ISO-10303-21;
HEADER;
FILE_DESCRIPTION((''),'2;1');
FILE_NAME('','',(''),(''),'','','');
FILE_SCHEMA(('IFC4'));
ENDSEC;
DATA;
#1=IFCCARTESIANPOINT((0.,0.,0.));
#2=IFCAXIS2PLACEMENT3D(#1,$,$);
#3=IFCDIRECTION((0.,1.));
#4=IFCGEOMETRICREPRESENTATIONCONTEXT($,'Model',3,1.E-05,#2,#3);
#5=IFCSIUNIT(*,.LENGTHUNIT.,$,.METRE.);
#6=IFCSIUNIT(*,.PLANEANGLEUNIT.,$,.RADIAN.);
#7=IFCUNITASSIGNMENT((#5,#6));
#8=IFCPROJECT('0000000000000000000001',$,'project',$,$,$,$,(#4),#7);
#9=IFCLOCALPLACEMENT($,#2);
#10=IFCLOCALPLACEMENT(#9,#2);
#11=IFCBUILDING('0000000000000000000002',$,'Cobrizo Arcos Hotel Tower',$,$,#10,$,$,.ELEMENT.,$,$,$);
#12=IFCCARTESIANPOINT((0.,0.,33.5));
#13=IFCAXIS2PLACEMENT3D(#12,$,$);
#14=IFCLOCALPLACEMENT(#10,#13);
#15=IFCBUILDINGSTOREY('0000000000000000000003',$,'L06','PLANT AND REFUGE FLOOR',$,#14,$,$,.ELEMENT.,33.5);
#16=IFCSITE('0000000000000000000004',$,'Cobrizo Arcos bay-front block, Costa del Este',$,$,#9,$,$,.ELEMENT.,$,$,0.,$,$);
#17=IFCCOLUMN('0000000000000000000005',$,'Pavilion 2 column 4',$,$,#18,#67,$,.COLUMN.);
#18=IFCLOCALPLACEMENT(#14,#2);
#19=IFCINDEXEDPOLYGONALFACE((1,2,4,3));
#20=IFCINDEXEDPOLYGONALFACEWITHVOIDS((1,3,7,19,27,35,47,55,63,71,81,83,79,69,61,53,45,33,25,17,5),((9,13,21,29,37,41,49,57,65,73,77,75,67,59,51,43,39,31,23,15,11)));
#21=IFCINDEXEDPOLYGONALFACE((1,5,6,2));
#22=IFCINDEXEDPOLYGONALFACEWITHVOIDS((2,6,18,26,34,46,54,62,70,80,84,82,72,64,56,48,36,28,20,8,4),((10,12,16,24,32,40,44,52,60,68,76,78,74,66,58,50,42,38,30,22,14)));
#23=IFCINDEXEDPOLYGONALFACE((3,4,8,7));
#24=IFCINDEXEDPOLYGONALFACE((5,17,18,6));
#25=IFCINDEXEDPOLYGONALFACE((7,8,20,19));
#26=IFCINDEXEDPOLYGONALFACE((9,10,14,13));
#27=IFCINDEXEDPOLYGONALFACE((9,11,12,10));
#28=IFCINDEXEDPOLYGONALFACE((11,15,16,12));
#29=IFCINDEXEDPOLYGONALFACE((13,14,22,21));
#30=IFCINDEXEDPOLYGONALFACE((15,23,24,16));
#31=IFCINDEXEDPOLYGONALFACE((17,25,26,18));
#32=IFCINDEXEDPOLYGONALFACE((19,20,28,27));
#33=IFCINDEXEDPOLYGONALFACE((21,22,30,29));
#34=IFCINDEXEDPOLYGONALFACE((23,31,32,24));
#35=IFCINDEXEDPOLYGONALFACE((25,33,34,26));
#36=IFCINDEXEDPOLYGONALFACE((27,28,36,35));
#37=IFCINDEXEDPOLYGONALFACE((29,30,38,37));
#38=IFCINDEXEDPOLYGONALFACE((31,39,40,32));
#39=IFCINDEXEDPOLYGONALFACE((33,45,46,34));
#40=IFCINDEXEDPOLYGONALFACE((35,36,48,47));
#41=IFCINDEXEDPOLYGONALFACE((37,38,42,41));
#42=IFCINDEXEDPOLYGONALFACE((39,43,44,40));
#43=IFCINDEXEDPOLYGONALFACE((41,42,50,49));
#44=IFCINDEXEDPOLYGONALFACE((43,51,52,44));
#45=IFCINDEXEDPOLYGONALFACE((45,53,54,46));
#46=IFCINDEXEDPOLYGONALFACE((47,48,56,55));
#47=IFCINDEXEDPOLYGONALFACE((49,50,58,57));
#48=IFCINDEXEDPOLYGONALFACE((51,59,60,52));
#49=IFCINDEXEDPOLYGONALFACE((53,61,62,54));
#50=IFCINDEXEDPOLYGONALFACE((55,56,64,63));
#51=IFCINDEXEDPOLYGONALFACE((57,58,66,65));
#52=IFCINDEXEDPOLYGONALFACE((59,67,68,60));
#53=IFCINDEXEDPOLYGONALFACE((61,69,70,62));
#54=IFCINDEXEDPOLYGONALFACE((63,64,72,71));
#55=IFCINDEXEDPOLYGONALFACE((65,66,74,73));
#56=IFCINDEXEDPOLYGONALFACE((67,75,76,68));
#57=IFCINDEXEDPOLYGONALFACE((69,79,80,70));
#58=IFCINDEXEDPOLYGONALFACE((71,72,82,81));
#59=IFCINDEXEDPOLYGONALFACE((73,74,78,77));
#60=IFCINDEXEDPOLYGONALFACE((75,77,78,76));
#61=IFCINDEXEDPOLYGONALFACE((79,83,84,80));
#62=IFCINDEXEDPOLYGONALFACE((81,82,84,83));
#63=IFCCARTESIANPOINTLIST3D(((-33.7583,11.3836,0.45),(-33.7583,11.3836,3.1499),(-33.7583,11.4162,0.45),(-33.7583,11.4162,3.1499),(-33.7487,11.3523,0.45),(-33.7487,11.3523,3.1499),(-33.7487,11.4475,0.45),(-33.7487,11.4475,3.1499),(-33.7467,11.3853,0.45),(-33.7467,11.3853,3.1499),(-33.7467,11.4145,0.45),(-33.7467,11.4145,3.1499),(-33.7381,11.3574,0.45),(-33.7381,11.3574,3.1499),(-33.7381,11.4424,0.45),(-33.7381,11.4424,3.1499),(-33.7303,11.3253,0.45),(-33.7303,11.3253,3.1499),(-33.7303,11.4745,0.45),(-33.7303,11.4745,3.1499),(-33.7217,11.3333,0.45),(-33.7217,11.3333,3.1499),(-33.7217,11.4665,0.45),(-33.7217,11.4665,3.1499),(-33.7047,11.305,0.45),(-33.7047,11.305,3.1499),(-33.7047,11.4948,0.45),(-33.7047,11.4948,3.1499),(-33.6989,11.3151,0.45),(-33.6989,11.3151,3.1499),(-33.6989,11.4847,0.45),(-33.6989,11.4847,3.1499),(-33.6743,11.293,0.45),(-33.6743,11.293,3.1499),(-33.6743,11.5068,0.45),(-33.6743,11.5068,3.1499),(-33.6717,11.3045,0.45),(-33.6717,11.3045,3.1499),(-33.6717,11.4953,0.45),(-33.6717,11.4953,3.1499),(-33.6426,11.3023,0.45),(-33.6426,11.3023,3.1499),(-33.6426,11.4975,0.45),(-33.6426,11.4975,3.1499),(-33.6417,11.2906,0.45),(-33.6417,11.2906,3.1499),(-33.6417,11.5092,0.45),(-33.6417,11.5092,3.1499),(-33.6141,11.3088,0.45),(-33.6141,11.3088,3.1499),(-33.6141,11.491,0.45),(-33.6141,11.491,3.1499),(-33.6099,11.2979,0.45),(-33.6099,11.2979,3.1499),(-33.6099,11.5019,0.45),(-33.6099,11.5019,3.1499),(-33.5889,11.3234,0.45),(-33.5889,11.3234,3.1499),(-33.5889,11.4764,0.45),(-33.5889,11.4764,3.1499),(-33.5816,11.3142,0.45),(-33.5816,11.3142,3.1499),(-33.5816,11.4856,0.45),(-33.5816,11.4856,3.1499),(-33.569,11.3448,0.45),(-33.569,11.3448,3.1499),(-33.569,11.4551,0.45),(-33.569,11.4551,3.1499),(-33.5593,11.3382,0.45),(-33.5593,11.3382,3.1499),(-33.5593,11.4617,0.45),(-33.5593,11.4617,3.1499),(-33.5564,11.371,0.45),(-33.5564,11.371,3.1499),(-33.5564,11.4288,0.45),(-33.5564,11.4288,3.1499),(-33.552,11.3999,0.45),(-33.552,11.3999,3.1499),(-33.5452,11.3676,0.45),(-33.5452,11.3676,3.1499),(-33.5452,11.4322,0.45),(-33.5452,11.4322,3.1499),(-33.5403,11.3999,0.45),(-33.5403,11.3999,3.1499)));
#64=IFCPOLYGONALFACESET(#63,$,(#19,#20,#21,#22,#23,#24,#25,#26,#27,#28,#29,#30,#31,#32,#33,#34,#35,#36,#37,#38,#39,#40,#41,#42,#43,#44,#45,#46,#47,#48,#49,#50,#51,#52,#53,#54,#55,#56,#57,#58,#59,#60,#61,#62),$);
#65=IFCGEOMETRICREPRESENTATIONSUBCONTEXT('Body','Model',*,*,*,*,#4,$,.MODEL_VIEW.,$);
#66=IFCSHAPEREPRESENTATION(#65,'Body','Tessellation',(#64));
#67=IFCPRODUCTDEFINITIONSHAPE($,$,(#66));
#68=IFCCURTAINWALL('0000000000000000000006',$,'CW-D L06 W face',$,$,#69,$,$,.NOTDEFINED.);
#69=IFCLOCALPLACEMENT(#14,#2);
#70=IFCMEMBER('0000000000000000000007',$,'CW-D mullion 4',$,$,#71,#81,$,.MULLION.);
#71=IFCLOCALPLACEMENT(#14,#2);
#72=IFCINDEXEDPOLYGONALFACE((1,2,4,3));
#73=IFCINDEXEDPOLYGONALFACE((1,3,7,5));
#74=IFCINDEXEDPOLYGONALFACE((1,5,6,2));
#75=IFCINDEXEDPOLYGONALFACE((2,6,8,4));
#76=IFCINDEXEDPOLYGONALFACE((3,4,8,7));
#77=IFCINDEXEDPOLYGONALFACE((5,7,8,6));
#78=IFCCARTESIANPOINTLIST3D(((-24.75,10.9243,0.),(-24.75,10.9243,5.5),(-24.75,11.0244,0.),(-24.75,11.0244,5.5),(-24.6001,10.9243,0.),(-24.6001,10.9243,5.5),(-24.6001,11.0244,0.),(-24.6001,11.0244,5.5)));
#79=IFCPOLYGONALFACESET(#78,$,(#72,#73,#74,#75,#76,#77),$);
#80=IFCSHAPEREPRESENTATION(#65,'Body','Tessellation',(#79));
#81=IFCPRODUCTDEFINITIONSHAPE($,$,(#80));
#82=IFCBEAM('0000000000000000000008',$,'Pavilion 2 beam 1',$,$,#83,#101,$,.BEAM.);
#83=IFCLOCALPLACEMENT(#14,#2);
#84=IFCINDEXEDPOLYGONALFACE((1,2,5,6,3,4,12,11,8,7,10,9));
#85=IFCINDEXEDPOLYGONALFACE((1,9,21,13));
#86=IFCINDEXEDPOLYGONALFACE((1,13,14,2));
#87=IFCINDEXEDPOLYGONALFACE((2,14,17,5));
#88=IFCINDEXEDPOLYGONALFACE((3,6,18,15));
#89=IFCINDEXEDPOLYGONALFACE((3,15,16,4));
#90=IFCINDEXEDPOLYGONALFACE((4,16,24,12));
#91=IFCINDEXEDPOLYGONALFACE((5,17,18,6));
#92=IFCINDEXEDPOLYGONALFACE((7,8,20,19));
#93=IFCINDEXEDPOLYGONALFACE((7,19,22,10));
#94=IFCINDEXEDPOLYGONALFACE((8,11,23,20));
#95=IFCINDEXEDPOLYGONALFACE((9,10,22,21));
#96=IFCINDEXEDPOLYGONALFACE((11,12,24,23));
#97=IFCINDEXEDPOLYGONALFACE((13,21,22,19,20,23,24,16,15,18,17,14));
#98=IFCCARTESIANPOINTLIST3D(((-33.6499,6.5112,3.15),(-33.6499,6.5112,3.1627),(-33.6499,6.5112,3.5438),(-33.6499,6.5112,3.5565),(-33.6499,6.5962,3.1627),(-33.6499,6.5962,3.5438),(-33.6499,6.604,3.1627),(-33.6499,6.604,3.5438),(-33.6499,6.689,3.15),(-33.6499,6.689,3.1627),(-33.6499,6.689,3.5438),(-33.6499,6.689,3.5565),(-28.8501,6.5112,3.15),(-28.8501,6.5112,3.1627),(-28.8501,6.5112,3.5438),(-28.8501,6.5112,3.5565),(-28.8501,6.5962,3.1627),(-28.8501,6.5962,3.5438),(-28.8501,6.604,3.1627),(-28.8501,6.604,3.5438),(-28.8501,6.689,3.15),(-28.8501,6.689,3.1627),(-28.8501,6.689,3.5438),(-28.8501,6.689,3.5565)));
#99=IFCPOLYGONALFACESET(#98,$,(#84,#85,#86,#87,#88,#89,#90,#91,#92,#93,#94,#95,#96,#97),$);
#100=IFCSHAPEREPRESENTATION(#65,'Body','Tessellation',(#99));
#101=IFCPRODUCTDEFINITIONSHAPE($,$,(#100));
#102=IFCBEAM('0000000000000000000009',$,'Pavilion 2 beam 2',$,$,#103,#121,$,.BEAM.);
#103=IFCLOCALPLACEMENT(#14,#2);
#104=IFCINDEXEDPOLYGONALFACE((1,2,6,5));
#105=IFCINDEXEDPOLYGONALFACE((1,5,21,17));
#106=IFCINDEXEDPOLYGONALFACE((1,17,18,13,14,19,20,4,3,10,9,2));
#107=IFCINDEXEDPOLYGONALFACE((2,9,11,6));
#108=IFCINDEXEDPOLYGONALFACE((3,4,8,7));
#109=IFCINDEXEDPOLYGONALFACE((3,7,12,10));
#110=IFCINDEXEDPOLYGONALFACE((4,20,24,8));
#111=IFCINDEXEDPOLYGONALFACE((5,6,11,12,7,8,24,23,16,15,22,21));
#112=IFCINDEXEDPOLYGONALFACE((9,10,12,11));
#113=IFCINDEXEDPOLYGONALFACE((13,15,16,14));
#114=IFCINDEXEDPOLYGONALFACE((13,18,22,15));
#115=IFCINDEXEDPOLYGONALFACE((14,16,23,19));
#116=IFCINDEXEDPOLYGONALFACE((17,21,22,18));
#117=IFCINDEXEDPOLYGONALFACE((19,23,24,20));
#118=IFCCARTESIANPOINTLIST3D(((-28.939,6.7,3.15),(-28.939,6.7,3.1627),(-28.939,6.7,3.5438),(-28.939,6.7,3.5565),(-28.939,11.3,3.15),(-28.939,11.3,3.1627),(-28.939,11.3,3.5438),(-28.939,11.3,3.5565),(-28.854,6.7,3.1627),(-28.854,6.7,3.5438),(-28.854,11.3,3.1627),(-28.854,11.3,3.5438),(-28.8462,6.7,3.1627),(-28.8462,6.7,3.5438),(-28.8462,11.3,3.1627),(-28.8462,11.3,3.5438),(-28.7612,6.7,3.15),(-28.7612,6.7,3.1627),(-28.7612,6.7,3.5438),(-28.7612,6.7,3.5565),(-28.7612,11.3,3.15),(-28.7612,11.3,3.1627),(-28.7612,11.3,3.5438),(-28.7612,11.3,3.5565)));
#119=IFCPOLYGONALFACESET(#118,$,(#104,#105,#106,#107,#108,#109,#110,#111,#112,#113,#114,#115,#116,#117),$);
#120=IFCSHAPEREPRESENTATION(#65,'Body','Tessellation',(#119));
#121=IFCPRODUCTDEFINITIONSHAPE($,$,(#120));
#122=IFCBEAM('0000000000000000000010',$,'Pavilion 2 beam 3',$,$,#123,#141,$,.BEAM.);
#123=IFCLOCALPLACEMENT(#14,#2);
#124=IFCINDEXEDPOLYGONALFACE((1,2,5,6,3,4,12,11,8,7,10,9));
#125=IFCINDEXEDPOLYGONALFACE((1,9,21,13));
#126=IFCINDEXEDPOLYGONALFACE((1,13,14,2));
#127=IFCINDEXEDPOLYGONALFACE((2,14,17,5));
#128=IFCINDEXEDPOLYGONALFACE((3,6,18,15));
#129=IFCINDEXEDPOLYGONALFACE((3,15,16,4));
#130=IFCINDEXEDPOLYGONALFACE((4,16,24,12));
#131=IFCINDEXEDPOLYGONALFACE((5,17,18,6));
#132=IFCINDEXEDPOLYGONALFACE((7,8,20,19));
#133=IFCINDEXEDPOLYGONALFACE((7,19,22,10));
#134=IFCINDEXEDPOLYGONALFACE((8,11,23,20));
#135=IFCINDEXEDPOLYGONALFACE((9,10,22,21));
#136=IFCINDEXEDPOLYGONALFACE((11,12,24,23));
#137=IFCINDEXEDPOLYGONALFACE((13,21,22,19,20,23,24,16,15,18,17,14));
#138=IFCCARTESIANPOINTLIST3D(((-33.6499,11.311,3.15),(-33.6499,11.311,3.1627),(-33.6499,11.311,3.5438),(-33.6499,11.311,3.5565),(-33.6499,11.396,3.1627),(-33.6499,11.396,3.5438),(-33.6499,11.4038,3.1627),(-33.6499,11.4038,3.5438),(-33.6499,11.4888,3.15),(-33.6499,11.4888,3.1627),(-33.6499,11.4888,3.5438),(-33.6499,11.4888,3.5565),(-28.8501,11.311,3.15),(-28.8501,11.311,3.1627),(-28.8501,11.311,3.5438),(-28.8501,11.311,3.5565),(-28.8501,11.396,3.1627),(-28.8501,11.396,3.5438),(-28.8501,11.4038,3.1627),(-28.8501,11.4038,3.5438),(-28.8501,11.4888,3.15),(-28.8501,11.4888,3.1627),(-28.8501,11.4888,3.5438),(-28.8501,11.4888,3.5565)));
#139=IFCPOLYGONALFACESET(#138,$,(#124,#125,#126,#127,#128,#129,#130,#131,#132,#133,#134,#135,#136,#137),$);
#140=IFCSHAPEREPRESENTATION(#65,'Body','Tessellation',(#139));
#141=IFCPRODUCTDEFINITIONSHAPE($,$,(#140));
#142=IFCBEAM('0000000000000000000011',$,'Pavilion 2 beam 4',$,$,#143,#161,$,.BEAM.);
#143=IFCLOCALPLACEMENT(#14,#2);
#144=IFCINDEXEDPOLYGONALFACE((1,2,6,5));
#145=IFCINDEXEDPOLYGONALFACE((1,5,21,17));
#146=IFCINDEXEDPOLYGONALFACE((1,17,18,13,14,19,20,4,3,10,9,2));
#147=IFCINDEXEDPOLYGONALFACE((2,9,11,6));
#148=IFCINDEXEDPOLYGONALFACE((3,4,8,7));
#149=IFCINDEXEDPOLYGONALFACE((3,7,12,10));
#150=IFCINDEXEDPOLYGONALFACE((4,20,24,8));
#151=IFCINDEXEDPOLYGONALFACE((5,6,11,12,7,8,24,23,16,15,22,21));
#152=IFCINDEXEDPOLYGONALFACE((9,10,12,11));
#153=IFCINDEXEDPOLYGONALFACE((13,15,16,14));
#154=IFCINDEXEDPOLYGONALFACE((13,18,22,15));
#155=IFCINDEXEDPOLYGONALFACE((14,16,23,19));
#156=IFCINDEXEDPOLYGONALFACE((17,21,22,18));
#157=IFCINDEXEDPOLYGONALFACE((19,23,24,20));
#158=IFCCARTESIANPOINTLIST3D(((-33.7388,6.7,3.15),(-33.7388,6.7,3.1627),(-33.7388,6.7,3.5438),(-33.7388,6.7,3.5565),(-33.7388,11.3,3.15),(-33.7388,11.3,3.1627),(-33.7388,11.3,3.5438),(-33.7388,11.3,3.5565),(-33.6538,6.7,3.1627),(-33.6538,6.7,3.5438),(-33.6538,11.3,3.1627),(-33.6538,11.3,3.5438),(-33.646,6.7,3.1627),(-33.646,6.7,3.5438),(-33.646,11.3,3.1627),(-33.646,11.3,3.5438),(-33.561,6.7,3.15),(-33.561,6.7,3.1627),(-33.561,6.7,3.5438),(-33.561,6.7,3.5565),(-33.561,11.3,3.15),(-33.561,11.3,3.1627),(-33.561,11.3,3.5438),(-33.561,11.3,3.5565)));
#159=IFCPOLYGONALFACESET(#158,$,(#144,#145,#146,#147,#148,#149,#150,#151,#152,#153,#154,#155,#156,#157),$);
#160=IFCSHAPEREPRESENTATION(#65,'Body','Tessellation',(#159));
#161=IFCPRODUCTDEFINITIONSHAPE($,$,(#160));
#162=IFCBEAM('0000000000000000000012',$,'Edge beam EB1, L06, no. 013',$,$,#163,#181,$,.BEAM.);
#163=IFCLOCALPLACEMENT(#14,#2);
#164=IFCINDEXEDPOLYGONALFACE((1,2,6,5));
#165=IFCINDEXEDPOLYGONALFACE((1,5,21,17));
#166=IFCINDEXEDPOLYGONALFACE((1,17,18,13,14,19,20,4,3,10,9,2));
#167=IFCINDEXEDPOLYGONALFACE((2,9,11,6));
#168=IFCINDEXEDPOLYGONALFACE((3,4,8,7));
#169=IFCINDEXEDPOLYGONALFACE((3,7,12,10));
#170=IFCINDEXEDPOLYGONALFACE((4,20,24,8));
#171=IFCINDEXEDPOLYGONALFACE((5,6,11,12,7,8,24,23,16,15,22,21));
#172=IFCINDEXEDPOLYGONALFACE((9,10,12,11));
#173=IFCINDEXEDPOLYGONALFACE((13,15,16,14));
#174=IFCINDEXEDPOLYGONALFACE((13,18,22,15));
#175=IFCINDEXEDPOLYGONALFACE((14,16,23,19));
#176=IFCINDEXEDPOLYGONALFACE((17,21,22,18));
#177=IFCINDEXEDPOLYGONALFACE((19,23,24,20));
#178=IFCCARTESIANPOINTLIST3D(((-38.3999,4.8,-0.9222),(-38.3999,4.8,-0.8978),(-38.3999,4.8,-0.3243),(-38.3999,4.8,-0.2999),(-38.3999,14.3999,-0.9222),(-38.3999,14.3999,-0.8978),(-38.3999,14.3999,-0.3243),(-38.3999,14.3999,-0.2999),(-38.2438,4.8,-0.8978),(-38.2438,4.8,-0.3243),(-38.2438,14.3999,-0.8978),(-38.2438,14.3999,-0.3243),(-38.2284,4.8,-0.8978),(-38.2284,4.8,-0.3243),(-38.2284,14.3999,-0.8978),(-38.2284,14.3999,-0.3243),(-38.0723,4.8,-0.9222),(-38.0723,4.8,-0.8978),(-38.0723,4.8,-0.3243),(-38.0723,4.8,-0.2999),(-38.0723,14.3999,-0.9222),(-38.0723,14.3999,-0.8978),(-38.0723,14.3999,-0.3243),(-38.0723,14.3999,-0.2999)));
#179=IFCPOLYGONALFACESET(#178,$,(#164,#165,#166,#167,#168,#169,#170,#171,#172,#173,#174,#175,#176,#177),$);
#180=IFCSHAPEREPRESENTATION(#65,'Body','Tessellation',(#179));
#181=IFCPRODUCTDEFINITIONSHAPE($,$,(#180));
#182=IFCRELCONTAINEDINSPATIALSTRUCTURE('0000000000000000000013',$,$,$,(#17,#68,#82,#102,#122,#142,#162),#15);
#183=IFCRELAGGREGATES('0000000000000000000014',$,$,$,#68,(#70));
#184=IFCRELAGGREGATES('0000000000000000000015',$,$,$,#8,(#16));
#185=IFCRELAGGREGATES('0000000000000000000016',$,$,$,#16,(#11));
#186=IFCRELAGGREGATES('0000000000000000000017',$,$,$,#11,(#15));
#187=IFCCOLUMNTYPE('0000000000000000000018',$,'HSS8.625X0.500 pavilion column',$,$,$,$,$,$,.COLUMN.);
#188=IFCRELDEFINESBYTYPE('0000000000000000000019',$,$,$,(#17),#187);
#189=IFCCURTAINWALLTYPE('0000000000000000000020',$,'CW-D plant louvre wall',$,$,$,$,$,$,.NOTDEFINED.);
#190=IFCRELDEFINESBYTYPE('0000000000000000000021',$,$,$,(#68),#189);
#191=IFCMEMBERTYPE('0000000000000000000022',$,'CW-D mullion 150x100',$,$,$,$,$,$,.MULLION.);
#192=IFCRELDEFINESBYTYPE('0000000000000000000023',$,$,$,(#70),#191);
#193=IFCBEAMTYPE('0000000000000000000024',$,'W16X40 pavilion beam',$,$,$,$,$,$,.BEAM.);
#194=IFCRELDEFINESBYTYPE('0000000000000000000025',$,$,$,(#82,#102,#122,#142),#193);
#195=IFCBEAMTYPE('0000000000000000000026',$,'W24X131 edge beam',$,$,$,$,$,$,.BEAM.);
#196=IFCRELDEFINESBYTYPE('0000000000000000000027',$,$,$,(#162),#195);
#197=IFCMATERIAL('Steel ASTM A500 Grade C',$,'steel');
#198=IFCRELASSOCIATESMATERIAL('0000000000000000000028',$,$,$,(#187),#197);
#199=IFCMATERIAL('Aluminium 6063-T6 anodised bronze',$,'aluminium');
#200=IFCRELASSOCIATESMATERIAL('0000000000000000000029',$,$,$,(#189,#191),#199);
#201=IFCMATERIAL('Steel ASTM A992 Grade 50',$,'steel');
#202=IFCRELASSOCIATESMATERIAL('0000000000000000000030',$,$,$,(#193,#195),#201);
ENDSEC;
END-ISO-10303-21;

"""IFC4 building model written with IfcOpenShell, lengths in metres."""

from ifc_helpers import new_model, si_unit, direction, frame, origin, origin_2d, place, context, subcontext, project, spatial, rectangle, hollow_circle, i_section, extrude, material, material_profile, profile_set, type_object, element, aggregate, save


model = new_model("IFC4")

# Units and contexts
model_context = context("Model", 3, precision=1e-05, world=origin(), true_north=direction((0.0, 1.0)))
body_context = subcontext(model_context, "Body", "Model", "MODEL_VIEW")
ifc_project = project(units=[si_unit("LENGTHUNIT", "METRE"), si_unit("PLANEANGLEUNIT", "RADIAN")], contexts=[model_context])

# Site, building, storey
site_placement = place(None, origin())
site = spatial("IfcSite", under=ifc_project, at=site_placement, Name="Cobrizo Arcos bay-front block, Costa del Este", CompositionType="ELEMENT", RefElevation=0.0)
building_placement = place(site_placement, origin())
building = spatial("IfcBuilding", under=site, at=building_placement, Name="Cobrizo Arcos Hotel Tower", CompositionType="ELEMENT")
storey_placement = place(building_placement, frame((0.0, 0.0, 33.5)))
storey = spatial("IfcBuildingStorey", under=building, at=storey_placement, Name="L06", Description="PLANT AND REFUGE FLOOR", CompositionType="ELEMENT", Elevation=33.5)

# Column
ifc_material_1 = material(Name="Steel ASTM A500 Grade C", Category="steel")
ifc_material_profile_1 = material_profile(ifc_material_1, hollow_circle(Radius=0.1096, WallThickness=0.0117, at=origin_2d()), Name="HSS8.625X0.500")
ifc_profile_set_1 = profile_set([ifc_material_profile_1], Name="Steel ASTM A500 Grade C")
column_type = type_object("IfcColumnType", Name="HSS8.625X0.500 pavilion column", PredefinedType="COLUMN", material=ifc_profile_set_1)
for number, where, z_axis, x_axis, name in (
    (1, (-33.6499, 11.3999, 0.45), (0.0, 0.0, 1.0), (1.0, 0.0, 0.0), "Pavilion 2 column 4"),
):
    element("IfcColumn", number, at=place(storey_placement, frame(where, z_axis=z_axis, x_axis=x_axis)), inside=storey, type_object=column_type, Name=name, PredefinedType="COLUMN", context=body_context, shape_type="SweptSolid", body=[
        extrude(hollow_circle(Radius=0.1096, WallThickness=0.0117, at=origin_2d()), origin(), (0.0, 0.0, 1.0), 2.7),
    ])

# Curtain wall, member
ifc_material_2 = material(Name="Aluminium 6063-T6 anodised bronze", Category="aluminium")
curtain_wall_type = type_object("IfcCurtainWallType", Name="CW-D plant louvre wall", PredefinedType="NOTDEFINED", material=ifc_material_2)
curtain_wall_placement = place(storey_placement, origin())
curtain_wall = element("IfcCurtainWall", 2, at=curtain_wall_placement, inside=storey, type_object=curtain_wall_type, Name="CW-D L06 W face", PredefinedType="NOTDEFINED")
ifc_material_profile_2 = material_profile(ifc_material_2, rectangle(XDim=0.1499, YDim=0.1001, at=origin_2d()), Name="CW-D mullion 150x100")
ifc_profile_set_2 = profile_set([ifc_material_profile_2], Name="Aluminium 6063-T6 anodised bronze")
member_type = type_object("IfcMemberType", Name="CW-D mullion 150x100", PredefinedType="MULLION", material=ifc_profile_set_2)
member_placement = place(storey_placement, frame((-24.675, 10.9744, 0.0), z_axis=(0.0, 0.0, 1.0), x_axis=(-1.0, 0.0, 0.0)))
member = element("IfcMember", 3, at=member_placement, type_object=member_type, Name="CW-D mullion 4", PredefinedType="MULLION", context=body_context, shape_type="SweptSolid", body=[
    extrude(rectangle(XDim=0.1499, YDim=0.1001, at=origin_2d()), origin(), (0.0, 0.0, 1.0), 5.5),
])
aggregate(curtain_wall, [member])

# Beams
ifc_material_3 = material(Name="Steel ASTM A992 Grade 50", Category="steel")
ifc_material_profile_3 = material_profile(ifc_material_3, i_section(OverallWidth=0.1777, OverallDepth=0.4065, WebThickness=0.0078, FlangeThickness=0.0127, at=origin_2d()), Name="W16X40")
ifc_profile_set_3 = profile_set([ifc_material_profile_3], Name="Steel ASTM A992 Grade 50")
beam_type_1 = type_object("IfcBeamType", Name="W16X40 pavilion beam", PredefinedType="BEAM", material=ifc_profile_set_3)
beam_1_placement = place(storey_placement, frame((-33.6499, 6.6001, 3.3533), z_axis=(1.0, 0.0, 0.0), x_axis=(0.0, 1.0, 0.0)))
element("IfcBeam", 4, at=beam_1_placement, inside=storey, type_object=beam_type_1, Name="Pavilion 2 beam 1", PredefinedType="BEAM", context=body_context, shape_type="SweptSolid", body=[
    extrude(i_section(OverallWidth=0.1777, OverallDepth=0.4065, WebThickness=0.0078, FlangeThickness=0.0127, at=origin_2d()), origin(), (0.0, 0.0, 1.0), 4.7998),
])
beam_2_placement = place(storey_placement, frame((-28.8501, 6.7, 3.3533), z_axis=(0.0, 1.0, 0.0), x_axis=(-1.0, 0.0, 0.0)))
element("IfcBeam", 5, at=beam_2_placement, inside=storey, type_object=beam_type_1, Name="Pavilion 2 beam 2", PredefinedType="BEAM", context=body_context, shape_type="SweptSolid", body=[
    extrude(i_section(OverallWidth=0.1777, OverallDepth=0.4065, WebThickness=0.0078, FlangeThickness=0.0127, at=origin_2d()), origin(), (0.0, 0.0, 1.0), 4.6001),
])
beam_3_placement = place(storey_placement, frame((-28.8501, 11.3999, 3.3533), z_axis=(-1.0, 0.0, 0.0), x_axis=(0.0, -1.0, 0.0)))
element("IfcBeam", 6, at=beam_3_placement, inside=storey, type_object=beam_type_1, Name="Pavilion 2 beam 3", PredefinedType="BEAM", context=body_context, shape_type="SweptSolid", body=[
    extrude(i_section(OverallWidth=0.1777, OverallDepth=0.4065, WebThickness=0.0078, FlangeThickness=0.0127, at=origin_2d()), origin(), (0.0, 0.0, 1.0), 4.7998),
])
beam_4_placement = place(storey_placement, frame((-33.6499, 11.3, 3.3533), z_axis=(0.0, -1.0, 0.0), x_axis=(1.0, 0.0, 0.0)))
element("IfcBeam", 7, at=beam_4_placement, inside=storey, type_object=beam_type_1, Name="Pavilion 2 beam 4", PredefinedType="BEAM", context=body_context, shape_type="SweptSolid", body=[
    extrude(i_section(OverallWidth=0.1777, OverallDepth=0.4065, WebThickness=0.0078, FlangeThickness=0.0127, at=origin_2d()), origin(), (0.0, 0.0, 1.0), 4.6001),
])
ifc_material_profile_4 = material_profile(ifc_material_3, i_section(OverallWidth=0.3276, OverallDepth=0.6223, WebThickness=0.0154, FlangeThickness=0.0244, at=origin_2d()), Name="W24X131")
ifc_profile_set_4 = profile_set([ifc_material_profile_4], Name="Steel ASTM A992 Grade 50")
beam_type_2 = type_object("IfcBeamType", Name="W24X131 edge beam", PredefinedType="BEAM", material=ifc_profile_set_4)
beam_5_placement = place(storey_placement, frame((-38.2361, 4.8, -0.6111), z_axis=(0.0, 1.0, 0.0), x_axis=(-1.0, 0.0, 0.0)))
element("IfcBeam", 8, at=beam_5_placement, inside=storey, type_object=beam_type_2, Name="Edge beam EB1, L06, no. 013", PredefinedType="BEAM", context=body_context, shape_type="SweptSolid", body=[
    extrude(i_section(OverallWidth=0.3276, OverallDepth=0.6223, WebThickness=0.0154, FlangeThickness=0.0244, at=origin_2d()), origin(), (0.0, 0.0, 1.0), 9.5999),
])

save(model, "model.ifc")
